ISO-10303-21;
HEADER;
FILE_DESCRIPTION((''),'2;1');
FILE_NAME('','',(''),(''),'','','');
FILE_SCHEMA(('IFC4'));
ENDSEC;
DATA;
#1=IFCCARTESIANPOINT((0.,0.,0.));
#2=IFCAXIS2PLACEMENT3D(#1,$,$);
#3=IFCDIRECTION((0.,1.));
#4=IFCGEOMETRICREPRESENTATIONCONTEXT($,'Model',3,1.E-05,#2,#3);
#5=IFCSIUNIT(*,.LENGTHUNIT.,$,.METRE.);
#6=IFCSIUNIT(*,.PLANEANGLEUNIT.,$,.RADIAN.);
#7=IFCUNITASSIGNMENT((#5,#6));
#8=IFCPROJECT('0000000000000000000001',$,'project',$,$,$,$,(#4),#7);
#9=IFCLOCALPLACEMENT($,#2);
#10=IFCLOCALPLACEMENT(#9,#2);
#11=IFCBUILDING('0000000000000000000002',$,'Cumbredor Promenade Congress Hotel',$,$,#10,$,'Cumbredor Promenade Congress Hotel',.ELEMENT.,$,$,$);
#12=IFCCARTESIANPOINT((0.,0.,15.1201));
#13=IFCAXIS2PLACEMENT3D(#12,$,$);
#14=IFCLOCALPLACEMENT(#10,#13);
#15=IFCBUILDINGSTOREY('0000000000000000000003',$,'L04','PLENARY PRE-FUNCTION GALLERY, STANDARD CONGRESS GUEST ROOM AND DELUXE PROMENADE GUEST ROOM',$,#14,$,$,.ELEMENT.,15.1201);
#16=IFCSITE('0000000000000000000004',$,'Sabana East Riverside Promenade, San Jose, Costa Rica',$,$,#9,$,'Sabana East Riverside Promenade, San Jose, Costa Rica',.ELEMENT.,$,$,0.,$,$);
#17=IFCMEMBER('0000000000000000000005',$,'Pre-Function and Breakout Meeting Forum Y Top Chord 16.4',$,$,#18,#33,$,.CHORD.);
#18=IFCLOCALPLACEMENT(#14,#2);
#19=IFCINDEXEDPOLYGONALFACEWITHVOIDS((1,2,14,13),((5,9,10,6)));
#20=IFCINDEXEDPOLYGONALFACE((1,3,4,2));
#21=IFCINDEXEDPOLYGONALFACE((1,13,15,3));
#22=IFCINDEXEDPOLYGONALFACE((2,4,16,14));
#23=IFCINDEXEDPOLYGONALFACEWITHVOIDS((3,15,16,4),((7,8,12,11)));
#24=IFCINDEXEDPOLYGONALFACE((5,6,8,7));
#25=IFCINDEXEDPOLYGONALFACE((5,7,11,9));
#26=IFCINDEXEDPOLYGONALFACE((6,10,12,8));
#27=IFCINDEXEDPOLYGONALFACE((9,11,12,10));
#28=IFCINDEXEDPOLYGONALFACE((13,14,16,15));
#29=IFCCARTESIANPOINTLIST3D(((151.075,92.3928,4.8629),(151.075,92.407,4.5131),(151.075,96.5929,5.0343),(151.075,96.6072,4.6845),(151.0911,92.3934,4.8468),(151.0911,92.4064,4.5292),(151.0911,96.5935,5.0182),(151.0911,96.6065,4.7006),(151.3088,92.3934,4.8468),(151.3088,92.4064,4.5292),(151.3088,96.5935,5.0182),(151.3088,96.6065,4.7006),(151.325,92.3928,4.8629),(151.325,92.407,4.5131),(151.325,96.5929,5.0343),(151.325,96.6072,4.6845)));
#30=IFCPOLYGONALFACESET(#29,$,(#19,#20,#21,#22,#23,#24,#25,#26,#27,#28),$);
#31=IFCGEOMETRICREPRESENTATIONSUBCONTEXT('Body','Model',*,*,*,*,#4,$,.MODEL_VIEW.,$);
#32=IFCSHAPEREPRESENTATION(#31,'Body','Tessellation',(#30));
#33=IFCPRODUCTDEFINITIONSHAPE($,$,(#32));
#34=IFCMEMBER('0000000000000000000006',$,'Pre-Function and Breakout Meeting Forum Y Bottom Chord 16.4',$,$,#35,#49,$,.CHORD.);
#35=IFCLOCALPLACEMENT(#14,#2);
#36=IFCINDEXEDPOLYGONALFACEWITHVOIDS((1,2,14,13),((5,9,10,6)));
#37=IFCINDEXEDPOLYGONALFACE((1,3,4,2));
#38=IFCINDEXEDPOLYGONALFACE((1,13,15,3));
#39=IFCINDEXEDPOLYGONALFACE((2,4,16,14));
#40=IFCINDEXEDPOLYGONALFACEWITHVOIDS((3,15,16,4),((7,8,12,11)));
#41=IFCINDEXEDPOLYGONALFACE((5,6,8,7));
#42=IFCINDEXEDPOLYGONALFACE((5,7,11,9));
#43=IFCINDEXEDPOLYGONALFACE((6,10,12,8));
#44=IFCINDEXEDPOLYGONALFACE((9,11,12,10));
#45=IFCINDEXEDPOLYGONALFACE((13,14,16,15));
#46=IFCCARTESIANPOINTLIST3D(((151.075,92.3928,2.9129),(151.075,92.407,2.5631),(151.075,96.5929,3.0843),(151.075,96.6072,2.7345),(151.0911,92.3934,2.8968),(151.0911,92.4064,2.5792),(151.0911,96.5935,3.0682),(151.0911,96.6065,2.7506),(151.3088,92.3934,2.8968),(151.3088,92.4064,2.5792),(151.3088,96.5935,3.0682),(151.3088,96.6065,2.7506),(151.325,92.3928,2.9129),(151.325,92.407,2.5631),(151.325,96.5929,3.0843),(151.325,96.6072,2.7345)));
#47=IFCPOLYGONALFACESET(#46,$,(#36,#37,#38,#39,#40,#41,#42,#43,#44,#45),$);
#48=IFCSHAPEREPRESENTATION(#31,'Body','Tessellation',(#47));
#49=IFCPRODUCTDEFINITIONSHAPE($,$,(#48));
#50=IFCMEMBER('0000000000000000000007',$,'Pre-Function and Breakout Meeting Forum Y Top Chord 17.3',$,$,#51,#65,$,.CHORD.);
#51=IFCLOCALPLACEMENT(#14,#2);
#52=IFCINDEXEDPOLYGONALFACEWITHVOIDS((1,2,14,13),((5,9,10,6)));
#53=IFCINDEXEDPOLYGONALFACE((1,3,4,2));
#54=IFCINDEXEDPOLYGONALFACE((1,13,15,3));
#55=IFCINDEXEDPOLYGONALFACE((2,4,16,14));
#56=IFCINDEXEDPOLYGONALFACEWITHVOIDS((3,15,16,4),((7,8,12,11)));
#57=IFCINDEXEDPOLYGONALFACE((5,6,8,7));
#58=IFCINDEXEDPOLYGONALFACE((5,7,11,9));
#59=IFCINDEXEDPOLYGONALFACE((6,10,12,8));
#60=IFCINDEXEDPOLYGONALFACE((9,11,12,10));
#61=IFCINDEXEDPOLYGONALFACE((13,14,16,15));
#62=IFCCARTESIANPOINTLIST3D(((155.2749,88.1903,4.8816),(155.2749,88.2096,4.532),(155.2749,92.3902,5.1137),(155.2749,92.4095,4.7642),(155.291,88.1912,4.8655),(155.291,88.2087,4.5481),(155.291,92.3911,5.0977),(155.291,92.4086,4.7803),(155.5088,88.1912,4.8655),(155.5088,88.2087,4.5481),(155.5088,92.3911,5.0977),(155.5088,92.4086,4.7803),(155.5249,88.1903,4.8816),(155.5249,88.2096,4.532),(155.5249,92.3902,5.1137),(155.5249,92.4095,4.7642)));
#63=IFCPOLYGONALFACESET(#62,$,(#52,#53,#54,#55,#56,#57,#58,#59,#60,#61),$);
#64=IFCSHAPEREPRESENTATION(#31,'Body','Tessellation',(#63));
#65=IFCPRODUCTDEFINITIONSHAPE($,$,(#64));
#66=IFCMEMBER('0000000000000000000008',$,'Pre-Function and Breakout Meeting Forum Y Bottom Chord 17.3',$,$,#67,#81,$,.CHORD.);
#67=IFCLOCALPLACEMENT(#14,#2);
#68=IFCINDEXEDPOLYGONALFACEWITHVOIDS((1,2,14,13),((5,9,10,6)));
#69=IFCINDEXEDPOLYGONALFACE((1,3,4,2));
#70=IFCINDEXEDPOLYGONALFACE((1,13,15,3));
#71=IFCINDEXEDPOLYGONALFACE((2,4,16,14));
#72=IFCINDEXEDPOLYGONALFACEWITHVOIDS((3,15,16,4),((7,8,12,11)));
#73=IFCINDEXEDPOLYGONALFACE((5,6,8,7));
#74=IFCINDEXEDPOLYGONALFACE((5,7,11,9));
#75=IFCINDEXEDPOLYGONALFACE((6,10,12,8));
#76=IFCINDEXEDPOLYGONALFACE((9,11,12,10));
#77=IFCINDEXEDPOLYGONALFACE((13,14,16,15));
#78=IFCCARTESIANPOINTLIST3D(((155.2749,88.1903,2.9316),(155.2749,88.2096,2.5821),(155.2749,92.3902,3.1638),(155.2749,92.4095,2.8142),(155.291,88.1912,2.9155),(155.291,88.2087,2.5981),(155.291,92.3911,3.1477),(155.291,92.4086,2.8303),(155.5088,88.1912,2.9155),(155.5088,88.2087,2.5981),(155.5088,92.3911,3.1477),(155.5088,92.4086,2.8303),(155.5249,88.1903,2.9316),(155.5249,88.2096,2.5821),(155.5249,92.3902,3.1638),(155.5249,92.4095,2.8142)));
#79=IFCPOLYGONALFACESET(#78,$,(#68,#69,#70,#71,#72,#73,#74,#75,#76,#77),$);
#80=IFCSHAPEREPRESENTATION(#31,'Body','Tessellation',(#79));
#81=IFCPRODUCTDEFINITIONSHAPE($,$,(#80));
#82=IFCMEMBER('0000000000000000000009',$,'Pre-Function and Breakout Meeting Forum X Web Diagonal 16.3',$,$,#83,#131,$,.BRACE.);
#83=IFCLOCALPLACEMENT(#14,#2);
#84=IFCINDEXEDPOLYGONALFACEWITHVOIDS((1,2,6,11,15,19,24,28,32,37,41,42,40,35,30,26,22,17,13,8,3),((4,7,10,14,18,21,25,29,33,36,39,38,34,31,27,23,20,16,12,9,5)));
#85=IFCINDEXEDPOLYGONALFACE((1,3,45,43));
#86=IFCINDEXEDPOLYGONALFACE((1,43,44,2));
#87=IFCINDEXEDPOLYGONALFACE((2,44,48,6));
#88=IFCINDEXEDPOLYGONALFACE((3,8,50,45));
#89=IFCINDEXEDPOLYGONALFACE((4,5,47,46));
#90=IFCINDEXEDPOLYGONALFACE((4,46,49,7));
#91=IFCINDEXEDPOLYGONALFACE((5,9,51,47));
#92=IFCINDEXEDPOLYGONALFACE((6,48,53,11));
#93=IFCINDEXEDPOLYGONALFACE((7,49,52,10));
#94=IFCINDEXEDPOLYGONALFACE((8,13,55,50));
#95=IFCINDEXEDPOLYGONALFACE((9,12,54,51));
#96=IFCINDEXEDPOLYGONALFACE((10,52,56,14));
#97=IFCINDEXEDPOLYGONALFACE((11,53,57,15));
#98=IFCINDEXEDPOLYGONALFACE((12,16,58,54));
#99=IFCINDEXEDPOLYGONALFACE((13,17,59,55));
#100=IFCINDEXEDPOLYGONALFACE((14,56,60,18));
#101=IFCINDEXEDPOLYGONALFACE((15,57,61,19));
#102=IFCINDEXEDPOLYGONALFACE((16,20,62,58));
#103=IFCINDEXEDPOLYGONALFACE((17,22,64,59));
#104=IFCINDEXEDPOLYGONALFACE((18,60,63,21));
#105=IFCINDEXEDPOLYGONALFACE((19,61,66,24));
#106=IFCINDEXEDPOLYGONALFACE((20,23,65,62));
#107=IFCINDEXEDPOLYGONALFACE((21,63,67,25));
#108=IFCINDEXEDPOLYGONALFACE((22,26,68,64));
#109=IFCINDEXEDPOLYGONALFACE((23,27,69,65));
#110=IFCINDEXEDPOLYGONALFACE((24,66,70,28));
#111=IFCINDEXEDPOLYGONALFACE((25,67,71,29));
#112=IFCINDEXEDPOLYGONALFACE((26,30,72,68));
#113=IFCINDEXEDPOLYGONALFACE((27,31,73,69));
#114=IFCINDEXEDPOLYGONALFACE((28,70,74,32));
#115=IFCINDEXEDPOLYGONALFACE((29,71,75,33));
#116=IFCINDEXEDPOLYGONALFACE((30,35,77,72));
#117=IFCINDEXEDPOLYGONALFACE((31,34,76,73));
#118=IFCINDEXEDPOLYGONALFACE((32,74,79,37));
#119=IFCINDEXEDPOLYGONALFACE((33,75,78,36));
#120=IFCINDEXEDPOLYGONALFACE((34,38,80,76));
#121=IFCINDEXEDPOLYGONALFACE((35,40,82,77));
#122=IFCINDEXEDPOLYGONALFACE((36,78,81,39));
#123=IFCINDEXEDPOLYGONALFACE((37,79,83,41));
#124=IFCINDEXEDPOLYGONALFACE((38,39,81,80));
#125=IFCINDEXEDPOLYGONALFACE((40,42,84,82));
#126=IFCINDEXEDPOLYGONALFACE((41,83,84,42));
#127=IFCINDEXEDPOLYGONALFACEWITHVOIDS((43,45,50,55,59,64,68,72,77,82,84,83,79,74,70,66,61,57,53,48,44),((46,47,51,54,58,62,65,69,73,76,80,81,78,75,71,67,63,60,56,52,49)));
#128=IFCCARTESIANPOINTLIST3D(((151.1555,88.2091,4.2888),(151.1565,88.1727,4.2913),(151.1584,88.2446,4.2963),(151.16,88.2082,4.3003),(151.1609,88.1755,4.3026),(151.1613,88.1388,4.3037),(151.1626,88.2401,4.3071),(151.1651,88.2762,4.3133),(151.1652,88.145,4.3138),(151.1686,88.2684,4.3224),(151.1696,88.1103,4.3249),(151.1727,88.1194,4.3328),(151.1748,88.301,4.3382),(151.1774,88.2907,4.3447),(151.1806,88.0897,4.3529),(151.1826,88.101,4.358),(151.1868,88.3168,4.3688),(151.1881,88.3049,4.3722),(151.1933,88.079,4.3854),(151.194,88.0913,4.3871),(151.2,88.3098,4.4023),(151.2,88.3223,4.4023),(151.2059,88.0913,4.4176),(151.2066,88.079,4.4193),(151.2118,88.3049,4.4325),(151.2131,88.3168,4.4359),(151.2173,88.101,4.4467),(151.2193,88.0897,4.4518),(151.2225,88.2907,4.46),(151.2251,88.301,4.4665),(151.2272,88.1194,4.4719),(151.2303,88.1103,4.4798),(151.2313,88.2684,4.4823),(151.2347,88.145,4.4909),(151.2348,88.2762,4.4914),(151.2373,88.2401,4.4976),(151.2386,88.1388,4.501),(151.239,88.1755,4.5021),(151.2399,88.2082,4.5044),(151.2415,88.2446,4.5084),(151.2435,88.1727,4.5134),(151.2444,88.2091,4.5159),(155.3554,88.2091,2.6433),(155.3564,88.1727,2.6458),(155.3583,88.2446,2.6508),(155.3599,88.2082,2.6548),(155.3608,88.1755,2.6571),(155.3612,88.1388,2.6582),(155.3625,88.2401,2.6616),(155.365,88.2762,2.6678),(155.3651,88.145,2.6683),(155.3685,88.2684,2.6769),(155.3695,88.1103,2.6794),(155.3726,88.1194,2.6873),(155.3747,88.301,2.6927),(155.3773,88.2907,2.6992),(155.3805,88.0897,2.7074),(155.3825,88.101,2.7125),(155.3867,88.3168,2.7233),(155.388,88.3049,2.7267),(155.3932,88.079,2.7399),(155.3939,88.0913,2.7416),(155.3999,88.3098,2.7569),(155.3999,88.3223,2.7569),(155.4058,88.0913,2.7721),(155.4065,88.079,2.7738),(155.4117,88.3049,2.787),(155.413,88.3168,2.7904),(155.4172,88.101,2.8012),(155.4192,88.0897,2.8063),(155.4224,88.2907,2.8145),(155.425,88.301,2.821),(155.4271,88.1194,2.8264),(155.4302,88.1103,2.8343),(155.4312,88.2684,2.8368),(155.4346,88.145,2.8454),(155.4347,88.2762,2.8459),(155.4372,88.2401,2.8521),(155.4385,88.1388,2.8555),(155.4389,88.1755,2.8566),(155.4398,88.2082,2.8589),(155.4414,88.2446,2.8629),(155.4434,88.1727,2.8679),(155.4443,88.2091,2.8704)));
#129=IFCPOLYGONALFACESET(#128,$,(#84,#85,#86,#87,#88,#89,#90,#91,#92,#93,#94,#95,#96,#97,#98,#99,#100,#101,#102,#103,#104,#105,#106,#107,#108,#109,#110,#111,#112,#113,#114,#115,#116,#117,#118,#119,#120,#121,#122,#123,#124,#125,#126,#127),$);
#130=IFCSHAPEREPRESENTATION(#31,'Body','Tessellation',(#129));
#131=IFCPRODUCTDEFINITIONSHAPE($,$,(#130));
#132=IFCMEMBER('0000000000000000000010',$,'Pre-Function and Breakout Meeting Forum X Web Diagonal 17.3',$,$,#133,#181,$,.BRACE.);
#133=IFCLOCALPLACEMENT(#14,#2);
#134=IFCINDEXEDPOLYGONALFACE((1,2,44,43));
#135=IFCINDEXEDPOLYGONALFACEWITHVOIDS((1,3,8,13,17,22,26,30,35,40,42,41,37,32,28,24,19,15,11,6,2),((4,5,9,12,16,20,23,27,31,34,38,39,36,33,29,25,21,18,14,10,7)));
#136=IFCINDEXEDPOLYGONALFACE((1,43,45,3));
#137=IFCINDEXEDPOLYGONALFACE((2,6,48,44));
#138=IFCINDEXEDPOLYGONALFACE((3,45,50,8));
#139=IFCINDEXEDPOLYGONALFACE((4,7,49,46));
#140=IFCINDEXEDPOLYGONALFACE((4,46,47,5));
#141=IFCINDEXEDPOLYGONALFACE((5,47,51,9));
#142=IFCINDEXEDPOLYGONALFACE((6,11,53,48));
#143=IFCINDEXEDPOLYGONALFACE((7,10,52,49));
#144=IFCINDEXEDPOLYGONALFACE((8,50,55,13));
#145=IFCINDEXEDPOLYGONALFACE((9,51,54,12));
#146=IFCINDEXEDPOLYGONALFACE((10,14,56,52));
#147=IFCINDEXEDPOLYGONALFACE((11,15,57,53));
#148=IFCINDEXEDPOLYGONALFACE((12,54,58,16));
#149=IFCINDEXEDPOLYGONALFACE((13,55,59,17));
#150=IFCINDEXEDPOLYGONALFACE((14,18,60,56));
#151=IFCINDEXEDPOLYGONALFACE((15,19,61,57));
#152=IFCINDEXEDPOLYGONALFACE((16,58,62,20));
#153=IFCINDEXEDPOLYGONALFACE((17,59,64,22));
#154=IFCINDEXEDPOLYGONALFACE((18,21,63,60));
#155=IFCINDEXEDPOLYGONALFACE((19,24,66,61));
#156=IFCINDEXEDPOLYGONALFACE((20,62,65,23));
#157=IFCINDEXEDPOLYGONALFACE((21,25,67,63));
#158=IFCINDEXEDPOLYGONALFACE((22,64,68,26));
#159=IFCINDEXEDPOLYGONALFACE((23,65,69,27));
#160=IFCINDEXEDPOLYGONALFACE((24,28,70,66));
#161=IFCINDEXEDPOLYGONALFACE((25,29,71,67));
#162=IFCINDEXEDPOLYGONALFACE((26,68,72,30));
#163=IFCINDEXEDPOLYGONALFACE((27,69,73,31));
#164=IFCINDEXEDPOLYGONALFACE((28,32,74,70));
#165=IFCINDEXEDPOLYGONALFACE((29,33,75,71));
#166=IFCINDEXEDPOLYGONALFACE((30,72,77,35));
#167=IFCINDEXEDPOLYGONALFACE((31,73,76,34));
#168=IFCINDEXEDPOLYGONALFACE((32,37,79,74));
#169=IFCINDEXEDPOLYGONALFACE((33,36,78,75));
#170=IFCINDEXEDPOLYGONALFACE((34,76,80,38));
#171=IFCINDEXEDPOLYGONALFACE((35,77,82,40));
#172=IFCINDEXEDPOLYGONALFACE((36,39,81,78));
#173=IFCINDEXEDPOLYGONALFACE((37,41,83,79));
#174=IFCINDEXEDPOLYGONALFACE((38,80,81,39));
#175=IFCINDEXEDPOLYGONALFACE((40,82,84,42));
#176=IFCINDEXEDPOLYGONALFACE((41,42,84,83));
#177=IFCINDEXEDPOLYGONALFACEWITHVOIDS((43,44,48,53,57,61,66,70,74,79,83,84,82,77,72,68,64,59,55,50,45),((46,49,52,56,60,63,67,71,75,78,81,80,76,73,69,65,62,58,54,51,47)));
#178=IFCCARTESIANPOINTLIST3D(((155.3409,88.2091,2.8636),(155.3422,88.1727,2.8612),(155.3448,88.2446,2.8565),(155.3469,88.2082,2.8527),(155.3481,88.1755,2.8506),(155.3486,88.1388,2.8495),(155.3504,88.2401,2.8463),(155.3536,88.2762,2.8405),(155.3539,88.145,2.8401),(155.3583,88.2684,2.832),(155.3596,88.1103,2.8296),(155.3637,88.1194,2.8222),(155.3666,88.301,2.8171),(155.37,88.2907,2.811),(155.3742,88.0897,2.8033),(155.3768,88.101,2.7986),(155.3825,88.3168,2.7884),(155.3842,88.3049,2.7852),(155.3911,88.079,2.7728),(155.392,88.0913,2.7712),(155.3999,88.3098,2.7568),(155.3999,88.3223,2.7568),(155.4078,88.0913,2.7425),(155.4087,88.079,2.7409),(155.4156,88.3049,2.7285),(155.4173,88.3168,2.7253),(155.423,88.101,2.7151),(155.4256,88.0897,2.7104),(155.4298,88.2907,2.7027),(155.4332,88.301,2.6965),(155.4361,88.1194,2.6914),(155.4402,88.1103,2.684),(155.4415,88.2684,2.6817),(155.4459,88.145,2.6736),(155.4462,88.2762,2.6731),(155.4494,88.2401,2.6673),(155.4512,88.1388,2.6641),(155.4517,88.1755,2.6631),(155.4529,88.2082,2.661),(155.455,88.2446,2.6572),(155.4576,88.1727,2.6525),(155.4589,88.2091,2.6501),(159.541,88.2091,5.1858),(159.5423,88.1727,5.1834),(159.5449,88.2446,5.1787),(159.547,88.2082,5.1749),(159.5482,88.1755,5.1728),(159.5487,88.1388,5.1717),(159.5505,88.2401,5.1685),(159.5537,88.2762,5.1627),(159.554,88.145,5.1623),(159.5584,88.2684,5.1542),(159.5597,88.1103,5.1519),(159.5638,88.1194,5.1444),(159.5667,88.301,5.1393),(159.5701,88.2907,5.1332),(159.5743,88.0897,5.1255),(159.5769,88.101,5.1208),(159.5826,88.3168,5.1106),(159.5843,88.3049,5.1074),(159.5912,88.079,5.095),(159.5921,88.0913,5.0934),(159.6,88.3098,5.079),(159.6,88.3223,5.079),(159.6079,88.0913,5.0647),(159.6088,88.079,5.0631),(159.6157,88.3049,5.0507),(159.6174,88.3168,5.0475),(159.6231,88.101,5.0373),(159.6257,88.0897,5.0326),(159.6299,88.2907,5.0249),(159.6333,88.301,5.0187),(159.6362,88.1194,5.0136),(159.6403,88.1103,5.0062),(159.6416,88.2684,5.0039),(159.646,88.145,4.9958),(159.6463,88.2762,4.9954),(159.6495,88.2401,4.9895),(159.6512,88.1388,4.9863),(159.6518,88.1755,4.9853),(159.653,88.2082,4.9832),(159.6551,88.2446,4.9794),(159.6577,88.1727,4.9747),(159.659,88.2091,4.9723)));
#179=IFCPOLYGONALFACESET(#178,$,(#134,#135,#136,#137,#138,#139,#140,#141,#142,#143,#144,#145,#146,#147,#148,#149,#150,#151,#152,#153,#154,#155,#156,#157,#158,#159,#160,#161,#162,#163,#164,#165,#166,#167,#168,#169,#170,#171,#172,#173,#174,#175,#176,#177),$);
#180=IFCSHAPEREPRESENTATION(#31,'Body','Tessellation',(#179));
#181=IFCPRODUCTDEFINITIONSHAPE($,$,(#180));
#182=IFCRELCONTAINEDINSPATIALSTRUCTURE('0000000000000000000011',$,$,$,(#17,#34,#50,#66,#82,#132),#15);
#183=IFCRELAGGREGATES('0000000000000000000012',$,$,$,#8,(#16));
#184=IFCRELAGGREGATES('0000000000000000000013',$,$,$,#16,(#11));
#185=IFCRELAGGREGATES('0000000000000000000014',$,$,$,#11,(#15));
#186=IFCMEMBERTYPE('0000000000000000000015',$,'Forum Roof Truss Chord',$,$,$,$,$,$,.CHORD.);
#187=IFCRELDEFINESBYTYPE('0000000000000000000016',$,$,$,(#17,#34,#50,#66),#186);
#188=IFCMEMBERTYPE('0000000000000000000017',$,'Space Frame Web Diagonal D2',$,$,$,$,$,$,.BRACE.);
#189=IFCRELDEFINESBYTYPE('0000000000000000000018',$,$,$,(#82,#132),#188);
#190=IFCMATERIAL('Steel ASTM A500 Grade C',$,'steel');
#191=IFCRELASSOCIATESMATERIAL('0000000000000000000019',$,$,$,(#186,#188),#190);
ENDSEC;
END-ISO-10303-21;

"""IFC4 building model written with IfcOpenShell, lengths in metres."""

from ifc_helpers import new_model, si_unit, direction, frame, origin, origin_2d, place, context, subcontext, project, spatial, hollow_rectangle, hollow_circle, extrude, material, material_profile, profile_set, type_object, element, save


model = new_model("IFC4")

# Units and contexts
model_context = context("Model", 3, precision=1e-05, world=origin(), true_north=direction((0.0, 1.0)))
body_context = subcontext(model_context, "Body", "Model", "MODEL_VIEW")
ifc_project = project(units=[si_unit("LENGTHUNIT", "METRE"), si_unit("PLANEANGLEUNIT", "RADIAN")], contexts=[model_context])

# Site, building, storey
site_placement = place(None, origin())
site = spatial("IfcSite", under=ifc_project, at=site_placement, Name="Sabana East Riverside Promenade, San Jose, Costa Rica", LongName="Sabana East Riverside Promenade, San Jose, Costa Rica", CompositionType="ELEMENT", RefElevation=0.0)
building_placement = place(site_placement, origin())
building = spatial("IfcBuilding", under=site, at=building_placement, Name="Cumbredor Promenade Congress Hotel", LongName="Cumbredor Promenade Congress Hotel", CompositionType="ELEMENT")
storey_placement = place(building_placement, frame((0.0, 0.0, 15.1201)))
storey = spatial("IfcBuildingStorey", under=building, at=storey_placement, Name="L04", Description="PLENARY PRE-FUNCTION GALLERY, STANDARD CONGRESS GUEST ROOM AND DELUXE PROMENADE GUEST ROOM", CompositionType="ELEMENT", Elevation=15.1201)

# Members
ifc_material_1 = material(Name="Steel ASTM A500 Grade C", Category="steel")
ifc_material_profile_1 = material_profile(ifc_material_1, hollow_rectangle(XDim=0.25, YDim=0.3501, WallThickness=0.0161, at=origin_2d()), Name="HSS 350x250x16")
ifc_profile_set_1 = profile_set([ifc_material_profile_1], Name="Steel ASTM A500 Grade C")
member_type_1 = type_object("IfcMemberType", Name="Forum Roof Truss Chord", PredefinedType="CHORD", material=ifc_profile_set_1)
for number, where, z_axis, x_axis, name in (
    (1, (151.2, 92.3999, 4.688), (0.0, 0.999169, 0.040771), (-1.0, 0.0, 0.0), "Pre-Function and Breakout Meeting Forum Y Top Chord 16.4"),
    (2, (151.2, 92.3999, 2.738), (0.0, 0.999169, 0.040771), (-1.0, 0.0, 0.0), "Pre-Function and Breakout Meeting Forum Y Bottom Chord 16.4"),
):
    element("IfcMember", number, at=place(storey_placement, frame(where, z_axis=z_axis, x_axis=x_axis)), inside=storey, type_object=member_type_1, Name=name, PredefinedType="CHORD", context=body_context, shape_type="SweptSolid", body=[
        extrude(hollow_rectangle(XDim=0.25, YDim=0.3501, WallThickness=0.0161, at=origin_2d()), origin(), (0.0, 0.0, 1.0), 4.2036),
    ])
for number, where, z_axis, x_axis, name in (
    (3, (155.3999, 88.2, 4.7068), (0.0, 0.998475, 0.055197), (-1.0, 0.0, 0.0), "Pre-Function and Breakout Meeting Forum Y Top Chord 17.3"),
    (4, (155.3999, 88.2, 2.7568), (0.0, 0.998475, 0.055197), (-1.0, 0.0, 0.0), "Pre-Function and Breakout Meeting Forum Y Bottom Chord 17.3"),
):
    element("IfcMember", number, at=place(storey_placement, frame(where, z_axis=z_axis, x_axis=x_axis)), inside=storey, type_object=member_type_1, Name=name, PredefinedType="CHORD", context=body_context, shape_type="SweptSolid", body=[
        extrude(hollow_rectangle(XDim=0.25, YDim=0.3501, WallThickness=0.0161, at=origin_2d()), origin(), (0.0, 0.0, 1.0), 4.2063),
    ])
ifc_material_profile_2 = material_profile(ifc_material_1, hollow_circle(Radius=0.1223, WallThickness=0.0125, at=origin_2d()), Name="CHS 244.5x12.5")
ifc_profile_set_2 = profile_set([ifc_material_profile_2], Name="Steel ASTM A500 Grade C")
member_type_2 = type_object("IfcMemberType", Name="Space Frame Web Diagonal D2", PredefinedType="BRACE", material=ifc_profile_set_2)
member_1_placement = place(storey_placement, frame((151.2, 88.2, 4.4023), z_axis=(0.931089, 0.0, -0.364793), x_axis=(0.0, 1.0, 0.0)))
element("IfcMember", 5, at=member_1_placement, inside=storey, type_object=member_type_2, Name="Pre-Function and Breakout Meeting Forum X Web Diagonal 16.3", PredefinedType="BRACE", context=body_context, shape_type="SweptSolid", body=[
    extrude(hollow_circle(Radius=0.1223, WallThickness=0.0125, at=origin_2d()), origin(), (0.0, 0.0, 1.0), 4.5107),
])
member_2_placement = place(storey_placement, frame((155.3999, 88.2, 2.7568), z_axis=(0.875144, 0.0, 0.483862), x_axis=(0.0, 1.0, 0.0)))
element("IfcMember", 6, at=member_2_placement, inside=storey, type_object=member_type_2, Name="Pre-Function and Breakout Meeting Forum X Web Diagonal 17.3", PredefinedType="BRACE", context=body_context, shape_type="SweptSolid", body=[
    extrude(hollow_circle(Radius=0.1223, WallThickness=0.0125, at=origin_2d()), origin(), (0.0, 0.0, 1.0), 4.7993),
])

save(model, "model.ifc")
